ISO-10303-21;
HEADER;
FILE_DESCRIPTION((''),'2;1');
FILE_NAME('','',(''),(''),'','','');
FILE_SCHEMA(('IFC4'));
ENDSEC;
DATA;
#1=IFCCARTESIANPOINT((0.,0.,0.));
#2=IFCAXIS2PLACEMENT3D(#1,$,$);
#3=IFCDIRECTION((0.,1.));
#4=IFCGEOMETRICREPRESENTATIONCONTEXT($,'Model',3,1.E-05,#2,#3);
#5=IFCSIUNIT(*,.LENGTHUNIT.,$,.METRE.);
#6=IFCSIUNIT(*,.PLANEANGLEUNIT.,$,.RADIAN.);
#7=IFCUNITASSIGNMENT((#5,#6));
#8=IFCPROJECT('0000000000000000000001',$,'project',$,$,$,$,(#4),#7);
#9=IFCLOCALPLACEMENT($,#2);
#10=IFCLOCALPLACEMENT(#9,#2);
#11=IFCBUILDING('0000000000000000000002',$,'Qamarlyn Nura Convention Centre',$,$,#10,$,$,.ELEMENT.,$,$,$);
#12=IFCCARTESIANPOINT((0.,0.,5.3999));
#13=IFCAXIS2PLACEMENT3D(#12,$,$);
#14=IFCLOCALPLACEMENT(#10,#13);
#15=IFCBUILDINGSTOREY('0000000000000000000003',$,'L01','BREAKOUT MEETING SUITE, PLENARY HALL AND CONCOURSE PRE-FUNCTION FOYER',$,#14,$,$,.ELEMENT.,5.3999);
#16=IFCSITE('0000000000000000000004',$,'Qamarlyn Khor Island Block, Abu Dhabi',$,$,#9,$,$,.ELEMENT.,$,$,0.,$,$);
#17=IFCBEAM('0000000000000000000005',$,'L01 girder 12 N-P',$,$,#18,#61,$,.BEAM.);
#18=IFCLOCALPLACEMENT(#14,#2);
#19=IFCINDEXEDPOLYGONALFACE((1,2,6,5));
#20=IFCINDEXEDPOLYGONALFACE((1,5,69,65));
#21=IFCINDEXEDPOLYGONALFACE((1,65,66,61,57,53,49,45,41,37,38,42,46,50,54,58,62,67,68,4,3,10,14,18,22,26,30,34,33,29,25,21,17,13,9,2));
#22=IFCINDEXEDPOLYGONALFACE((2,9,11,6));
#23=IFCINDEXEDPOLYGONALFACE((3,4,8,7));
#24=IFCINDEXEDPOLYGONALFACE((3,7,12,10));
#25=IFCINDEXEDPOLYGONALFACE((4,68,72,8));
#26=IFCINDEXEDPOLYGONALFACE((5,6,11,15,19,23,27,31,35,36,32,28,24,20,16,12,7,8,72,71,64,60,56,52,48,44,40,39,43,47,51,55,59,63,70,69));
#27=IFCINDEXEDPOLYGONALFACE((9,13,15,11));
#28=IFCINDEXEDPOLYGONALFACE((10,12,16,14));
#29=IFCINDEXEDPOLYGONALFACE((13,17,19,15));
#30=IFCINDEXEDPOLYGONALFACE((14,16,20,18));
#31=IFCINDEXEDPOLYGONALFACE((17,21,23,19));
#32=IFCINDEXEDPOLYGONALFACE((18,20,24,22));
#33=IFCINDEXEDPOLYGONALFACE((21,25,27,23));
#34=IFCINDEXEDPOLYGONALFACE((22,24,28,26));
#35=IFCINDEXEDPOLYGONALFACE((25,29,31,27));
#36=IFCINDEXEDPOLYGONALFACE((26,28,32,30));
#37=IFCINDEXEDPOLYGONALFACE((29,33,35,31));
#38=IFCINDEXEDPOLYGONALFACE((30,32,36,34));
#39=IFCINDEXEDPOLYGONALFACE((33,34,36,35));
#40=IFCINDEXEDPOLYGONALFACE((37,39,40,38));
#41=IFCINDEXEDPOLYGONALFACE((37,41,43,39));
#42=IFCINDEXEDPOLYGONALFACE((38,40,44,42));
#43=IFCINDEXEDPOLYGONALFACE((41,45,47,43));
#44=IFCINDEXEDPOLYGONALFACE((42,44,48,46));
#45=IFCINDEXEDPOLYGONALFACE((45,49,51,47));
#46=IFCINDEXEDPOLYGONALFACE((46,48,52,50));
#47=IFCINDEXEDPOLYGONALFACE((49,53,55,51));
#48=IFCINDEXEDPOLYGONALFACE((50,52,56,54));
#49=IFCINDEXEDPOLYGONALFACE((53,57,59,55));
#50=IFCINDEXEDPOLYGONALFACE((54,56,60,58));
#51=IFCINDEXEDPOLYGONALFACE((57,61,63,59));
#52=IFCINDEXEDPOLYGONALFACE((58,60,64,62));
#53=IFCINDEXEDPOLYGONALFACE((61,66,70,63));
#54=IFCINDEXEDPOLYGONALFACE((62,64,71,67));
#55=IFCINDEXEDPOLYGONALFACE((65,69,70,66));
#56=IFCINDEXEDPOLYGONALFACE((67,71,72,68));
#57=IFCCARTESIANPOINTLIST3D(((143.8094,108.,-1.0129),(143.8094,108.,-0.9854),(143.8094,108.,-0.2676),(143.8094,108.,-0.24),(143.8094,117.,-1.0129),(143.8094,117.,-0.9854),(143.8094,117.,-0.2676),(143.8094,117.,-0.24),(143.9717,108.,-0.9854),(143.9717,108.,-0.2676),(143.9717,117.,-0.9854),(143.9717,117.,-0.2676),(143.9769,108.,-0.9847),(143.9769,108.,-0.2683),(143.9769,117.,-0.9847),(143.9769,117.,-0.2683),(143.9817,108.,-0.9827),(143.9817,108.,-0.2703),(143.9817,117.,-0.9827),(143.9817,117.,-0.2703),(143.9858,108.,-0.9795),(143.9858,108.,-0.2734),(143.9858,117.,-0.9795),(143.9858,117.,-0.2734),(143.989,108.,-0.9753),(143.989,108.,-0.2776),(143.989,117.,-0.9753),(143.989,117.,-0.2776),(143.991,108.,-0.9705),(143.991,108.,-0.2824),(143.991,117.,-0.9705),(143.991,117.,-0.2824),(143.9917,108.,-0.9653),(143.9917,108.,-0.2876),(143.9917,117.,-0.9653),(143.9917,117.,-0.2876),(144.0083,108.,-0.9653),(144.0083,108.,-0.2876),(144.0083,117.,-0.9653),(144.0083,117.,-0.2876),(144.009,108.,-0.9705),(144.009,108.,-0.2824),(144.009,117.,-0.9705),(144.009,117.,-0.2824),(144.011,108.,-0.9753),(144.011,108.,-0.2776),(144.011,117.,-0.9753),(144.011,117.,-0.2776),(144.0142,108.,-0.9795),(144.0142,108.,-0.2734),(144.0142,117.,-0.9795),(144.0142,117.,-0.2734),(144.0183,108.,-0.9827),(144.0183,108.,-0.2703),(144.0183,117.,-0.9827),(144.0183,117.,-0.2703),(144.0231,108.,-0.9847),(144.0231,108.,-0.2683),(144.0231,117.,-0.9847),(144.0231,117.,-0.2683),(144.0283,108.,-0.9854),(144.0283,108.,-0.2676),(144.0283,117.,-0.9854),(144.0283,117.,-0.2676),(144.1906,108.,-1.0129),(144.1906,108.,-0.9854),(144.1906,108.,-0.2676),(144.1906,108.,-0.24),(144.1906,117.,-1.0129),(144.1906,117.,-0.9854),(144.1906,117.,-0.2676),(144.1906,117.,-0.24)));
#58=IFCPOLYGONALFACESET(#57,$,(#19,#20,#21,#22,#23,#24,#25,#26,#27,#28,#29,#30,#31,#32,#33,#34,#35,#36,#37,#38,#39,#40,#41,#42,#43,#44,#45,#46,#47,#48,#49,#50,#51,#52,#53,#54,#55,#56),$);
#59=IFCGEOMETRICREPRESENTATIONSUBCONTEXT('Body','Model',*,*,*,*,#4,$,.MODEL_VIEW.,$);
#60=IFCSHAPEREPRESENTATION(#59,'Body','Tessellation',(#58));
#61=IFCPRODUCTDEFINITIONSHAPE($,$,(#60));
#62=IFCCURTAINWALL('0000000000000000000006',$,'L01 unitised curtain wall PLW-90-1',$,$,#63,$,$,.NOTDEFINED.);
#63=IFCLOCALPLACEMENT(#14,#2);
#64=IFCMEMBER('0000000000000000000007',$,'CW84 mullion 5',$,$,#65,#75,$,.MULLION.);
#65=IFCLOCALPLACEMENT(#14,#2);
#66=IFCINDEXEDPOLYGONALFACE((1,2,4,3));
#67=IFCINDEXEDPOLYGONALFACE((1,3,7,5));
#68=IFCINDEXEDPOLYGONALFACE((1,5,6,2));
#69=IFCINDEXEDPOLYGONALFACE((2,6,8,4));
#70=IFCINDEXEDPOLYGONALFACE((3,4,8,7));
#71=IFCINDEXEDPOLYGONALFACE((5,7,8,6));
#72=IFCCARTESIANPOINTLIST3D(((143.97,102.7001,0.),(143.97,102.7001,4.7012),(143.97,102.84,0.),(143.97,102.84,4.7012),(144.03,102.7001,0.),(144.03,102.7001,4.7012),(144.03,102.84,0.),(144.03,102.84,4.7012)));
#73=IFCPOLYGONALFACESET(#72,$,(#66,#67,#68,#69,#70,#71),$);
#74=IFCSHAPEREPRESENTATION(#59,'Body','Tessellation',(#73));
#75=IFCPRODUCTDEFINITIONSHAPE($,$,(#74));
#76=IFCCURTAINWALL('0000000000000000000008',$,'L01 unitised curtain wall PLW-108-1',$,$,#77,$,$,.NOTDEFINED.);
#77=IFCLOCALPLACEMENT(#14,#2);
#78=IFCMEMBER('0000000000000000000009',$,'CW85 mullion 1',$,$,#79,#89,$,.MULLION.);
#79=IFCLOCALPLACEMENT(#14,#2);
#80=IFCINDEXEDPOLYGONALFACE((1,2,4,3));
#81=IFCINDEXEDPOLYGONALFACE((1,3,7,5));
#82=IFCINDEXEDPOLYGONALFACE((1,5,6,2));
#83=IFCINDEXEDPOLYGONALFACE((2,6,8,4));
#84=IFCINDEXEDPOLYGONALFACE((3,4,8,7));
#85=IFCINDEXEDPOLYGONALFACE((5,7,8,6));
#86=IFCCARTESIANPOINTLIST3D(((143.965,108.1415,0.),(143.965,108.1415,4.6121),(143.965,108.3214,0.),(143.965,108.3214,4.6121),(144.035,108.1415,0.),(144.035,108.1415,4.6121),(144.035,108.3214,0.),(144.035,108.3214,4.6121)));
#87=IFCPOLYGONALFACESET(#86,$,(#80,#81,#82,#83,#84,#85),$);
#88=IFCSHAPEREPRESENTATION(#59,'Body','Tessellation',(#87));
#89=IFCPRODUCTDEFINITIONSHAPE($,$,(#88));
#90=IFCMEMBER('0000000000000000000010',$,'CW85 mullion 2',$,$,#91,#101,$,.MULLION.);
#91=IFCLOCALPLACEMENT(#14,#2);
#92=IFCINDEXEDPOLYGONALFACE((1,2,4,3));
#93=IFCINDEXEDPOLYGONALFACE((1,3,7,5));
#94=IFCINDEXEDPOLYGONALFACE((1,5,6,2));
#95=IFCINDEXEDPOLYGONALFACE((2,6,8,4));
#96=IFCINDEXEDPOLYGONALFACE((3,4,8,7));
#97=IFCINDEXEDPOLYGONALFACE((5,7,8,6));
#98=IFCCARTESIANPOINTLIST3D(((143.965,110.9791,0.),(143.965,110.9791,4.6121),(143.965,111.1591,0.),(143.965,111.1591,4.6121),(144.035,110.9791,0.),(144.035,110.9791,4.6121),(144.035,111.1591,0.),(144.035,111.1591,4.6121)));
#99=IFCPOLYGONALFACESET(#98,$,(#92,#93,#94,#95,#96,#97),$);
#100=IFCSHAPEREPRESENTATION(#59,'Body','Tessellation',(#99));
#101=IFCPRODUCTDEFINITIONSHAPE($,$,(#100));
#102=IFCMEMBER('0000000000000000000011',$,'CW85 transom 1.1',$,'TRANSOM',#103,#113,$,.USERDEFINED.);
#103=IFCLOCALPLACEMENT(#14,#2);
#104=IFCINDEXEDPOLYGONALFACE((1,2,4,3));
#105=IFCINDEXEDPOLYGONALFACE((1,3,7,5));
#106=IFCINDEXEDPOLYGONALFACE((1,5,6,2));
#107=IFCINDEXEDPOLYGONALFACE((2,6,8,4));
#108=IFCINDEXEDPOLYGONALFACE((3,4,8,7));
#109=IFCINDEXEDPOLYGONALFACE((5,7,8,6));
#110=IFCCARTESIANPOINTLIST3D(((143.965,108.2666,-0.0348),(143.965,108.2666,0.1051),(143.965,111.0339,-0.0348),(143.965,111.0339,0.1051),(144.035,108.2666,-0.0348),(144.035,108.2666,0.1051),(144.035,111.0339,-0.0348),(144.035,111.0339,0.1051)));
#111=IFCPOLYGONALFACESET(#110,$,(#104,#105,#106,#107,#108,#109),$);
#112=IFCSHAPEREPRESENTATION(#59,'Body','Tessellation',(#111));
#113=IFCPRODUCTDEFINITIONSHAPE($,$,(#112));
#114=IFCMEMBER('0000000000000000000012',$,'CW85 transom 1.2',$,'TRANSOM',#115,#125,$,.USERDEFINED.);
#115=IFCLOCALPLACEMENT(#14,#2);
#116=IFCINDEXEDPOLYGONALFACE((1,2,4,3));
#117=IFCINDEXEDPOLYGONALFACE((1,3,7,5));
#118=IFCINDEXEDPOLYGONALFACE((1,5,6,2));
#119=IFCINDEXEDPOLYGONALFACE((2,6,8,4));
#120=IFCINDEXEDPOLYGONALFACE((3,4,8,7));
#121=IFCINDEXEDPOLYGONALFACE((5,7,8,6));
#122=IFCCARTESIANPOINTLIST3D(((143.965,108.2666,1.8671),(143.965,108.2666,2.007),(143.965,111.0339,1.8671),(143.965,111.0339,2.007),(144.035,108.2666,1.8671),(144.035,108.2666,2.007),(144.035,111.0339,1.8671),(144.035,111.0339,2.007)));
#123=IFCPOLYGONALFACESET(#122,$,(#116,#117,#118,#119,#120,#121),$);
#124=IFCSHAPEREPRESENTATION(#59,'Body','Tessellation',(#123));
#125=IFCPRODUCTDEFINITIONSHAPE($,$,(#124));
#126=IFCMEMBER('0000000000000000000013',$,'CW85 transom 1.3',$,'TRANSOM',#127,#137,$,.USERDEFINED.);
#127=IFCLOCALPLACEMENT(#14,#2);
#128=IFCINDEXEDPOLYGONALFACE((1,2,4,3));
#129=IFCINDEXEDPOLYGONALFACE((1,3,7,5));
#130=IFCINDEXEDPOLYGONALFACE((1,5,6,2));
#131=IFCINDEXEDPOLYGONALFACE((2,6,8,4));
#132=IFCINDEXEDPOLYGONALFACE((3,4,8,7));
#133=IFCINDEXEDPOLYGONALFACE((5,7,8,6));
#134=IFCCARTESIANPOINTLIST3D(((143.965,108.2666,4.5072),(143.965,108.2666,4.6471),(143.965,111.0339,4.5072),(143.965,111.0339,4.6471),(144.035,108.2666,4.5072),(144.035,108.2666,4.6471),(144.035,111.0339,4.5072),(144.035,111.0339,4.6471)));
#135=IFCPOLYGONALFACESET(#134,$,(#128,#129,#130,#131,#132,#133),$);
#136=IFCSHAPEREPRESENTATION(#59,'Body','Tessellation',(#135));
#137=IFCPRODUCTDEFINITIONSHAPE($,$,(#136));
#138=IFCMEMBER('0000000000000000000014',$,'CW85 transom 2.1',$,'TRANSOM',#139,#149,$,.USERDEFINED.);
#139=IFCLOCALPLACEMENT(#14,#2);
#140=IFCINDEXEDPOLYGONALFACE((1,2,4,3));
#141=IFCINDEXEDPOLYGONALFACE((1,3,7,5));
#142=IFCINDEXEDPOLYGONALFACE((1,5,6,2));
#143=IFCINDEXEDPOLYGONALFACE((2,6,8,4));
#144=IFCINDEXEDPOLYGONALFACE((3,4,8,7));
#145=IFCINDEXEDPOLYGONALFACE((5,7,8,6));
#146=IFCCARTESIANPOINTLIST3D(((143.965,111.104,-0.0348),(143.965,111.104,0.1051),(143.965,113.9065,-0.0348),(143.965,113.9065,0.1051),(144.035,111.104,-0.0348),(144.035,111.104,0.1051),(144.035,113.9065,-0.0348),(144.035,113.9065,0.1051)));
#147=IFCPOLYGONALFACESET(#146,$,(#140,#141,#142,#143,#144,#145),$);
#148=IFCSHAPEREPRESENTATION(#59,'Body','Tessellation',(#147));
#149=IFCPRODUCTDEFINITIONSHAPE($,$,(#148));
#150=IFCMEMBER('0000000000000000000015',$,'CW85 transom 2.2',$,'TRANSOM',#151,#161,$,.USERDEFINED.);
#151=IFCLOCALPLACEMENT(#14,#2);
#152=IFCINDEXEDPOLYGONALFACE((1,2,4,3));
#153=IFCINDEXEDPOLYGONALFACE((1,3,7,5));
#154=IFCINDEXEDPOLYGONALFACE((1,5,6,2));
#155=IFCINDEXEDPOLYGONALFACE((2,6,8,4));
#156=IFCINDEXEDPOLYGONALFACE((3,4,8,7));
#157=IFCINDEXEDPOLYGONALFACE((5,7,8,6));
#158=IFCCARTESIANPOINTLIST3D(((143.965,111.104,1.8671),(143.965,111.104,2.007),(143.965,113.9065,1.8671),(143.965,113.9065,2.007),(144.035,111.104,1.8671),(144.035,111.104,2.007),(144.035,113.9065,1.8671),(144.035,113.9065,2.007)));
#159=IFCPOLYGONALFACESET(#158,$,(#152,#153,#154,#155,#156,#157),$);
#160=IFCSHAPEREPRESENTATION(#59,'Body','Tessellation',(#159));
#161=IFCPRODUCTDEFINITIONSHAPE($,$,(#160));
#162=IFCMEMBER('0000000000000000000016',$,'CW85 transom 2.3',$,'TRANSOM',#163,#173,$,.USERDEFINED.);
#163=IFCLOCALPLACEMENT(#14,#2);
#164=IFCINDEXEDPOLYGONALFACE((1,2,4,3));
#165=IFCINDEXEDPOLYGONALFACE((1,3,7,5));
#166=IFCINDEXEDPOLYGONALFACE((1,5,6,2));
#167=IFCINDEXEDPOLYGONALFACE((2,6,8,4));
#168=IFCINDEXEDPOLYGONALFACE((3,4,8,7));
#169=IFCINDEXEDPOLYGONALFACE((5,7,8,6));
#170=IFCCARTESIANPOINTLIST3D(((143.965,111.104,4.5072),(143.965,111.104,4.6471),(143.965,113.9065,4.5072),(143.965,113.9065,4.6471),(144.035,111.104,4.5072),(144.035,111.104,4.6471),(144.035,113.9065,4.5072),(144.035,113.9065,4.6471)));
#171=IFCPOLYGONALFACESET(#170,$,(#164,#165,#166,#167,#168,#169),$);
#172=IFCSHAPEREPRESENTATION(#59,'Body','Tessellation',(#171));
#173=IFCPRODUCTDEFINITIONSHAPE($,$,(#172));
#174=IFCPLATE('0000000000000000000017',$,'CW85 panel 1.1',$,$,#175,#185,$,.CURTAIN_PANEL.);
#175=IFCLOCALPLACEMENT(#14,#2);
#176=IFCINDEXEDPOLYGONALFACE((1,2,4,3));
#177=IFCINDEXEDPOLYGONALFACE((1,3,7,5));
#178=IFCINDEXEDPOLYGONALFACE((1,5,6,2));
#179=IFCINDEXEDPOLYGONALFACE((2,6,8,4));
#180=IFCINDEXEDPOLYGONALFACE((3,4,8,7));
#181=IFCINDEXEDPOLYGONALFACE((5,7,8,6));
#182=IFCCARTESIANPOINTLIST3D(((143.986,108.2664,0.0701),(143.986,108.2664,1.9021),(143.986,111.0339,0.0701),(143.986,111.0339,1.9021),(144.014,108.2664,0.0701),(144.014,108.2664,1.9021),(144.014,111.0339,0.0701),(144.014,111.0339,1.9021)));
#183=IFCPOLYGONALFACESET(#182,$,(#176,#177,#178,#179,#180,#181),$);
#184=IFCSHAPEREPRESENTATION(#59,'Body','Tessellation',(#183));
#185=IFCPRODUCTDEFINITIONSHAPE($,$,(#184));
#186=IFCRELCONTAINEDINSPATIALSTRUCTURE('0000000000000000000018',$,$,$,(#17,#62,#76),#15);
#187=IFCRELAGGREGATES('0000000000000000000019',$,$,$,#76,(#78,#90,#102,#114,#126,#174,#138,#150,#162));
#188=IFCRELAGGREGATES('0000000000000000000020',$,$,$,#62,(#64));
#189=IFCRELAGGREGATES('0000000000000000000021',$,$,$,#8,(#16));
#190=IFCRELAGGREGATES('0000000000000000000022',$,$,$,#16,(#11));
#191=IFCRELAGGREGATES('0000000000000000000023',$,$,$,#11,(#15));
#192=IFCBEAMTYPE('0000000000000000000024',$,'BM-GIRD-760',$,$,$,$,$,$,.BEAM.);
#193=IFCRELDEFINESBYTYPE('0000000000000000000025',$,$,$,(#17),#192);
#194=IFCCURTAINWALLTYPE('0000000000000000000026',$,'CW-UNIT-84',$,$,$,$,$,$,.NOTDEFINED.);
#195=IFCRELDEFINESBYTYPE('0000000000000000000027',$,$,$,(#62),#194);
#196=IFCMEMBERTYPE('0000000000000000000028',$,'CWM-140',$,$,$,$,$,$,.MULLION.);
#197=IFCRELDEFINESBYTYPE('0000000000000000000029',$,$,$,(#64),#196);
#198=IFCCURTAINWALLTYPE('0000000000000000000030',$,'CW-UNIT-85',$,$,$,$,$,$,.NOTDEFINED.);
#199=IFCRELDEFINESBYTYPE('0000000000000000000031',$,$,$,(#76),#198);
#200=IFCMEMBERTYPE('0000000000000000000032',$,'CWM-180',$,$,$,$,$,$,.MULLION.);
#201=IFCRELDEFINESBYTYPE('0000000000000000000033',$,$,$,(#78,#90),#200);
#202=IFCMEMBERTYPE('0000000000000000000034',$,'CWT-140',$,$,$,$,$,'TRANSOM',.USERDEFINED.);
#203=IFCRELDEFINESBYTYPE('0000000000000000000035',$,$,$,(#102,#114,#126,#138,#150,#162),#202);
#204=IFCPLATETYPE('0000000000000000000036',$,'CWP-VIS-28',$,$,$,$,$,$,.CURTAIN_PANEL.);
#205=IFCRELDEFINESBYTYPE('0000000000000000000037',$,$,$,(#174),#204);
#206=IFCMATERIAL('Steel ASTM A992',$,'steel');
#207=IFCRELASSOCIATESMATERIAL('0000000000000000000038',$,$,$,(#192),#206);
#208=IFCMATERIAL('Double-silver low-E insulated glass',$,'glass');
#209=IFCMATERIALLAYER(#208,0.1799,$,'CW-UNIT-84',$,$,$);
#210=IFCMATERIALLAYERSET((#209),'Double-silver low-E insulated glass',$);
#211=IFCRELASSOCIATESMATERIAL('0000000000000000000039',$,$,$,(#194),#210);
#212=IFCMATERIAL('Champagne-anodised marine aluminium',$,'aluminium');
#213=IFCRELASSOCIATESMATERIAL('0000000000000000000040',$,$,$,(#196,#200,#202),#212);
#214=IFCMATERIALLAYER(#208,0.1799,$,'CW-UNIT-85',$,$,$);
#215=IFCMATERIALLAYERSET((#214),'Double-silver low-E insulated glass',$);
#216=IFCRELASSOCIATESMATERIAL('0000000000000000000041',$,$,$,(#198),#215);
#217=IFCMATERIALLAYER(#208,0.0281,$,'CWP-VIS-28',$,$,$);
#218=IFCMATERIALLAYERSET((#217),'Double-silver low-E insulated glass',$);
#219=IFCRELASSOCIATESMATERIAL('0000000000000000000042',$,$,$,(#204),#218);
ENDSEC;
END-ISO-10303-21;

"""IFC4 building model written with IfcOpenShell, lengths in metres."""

from ifc_helpers import new_model, si_unit, direction, frame, origin, origin_2d, place, context, subcontext, project, spatial, rectangle, i_section, extrude, material, layer, layer_set, material_profile, profile_set, type_object, element, aggregate, save


model = new_model("IFC4")

# Units and contexts
model_context = context("Model", 3, precision=1e-05, world=origin(), true_north=direction((0.0, 1.0)))
body_context = subcontext(model_context, "Body", "Model", "MODEL_VIEW")
ifc_project = project(units=[si_unit("LENGTHUNIT", "METRE"), si_unit("PLANEANGLEUNIT", "RADIAN")], contexts=[model_context])

# Site, building, storey
site_placement = place(None, origin())
site = spatial("IfcSite", under=ifc_project, at=site_placement, Name="Qamarlyn Khor Island Block, Abu Dhabi", CompositionType="ELEMENT", RefElevation=0.0)
building_placement = place(site_placement, origin())
building = spatial("IfcBuilding", under=site, at=building_placement, Name="Qamarlyn Nura Convention Centre", CompositionType="ELEMENT")
storey_placement = place(building_placement, frame((0.0, 0.0, 5.3999)))
storey = spatial("IfcBuildingStorey", under=building, at=storey_placement, Name="L01", Description="BREAKOUT MEETING SUITE, PLENARY HALL AND CONCOURSE PRE-FUNCTION FOYER", CompositionType="ELEMENT", Elevation=5.3999)

# Shared definitions
ifc_material_1 = material(Name="Steel ASTM A992", Category="steel")

# Beam
ifc_material_profile_1 = material_profile(ifc_material_1, i_section(OverallWidth=0.3811, OverallDepth=0.7729, WebThickness=0.0166, FlangeThickness=0.0276, FilletRadius=0.02, at=origin_2d()), Name="W760X257")
ifc_profile_set_1 = profile_set([ifc_material_profile_1], Name="Steel ASTM A992")
beam_type_1 = type_object("IfcBeamType", Name="BM-GIRD-760", PredefinedType="BEAM", material=ifc_profile_set_1)
beam_1_placement = place(storey_placement, frame((144.0, 108.0, -0.6265), z_axis=(0.0, 1.0, 0.0), x_axis=(-1.0, 0.0, 0.0)))
element("IfcBeam", 1, at=beam_1_placement, inside=storey, type_object=beam_type_1, Name="L01 girder 12 N-P", PredefinedType="BEAM", context=body_context, shape_type="SweptSolid", body=[
    extrude(i_section(OverallWidth=0.3811, OverallDepth=0.7729, WebThickness=0.0166, FlangeThickness=0.0276, FilletRadius=0.02, at=origin_2d()), origin(), (0.0, 0.0, 1.0), 9.0),
])

# Curtain wall, member
ifc_material_2 = material(Name="Double-silver low-E insulated glass", Category="glass")
ifc_layer_1 = layer(ifc_material_2, 0.1799, Name="CW-UNIT-84")
ifc_layer_set_1 = layer_set([ifc_layer_1], Name="Double-silver low-E insulated glass")
curtain_wall_type_1 = type_object("IfcCurtainWallType", Name="CW-UNIT-84", PredefinedType="NOTDEFINED", material=ifc_layer_set_1)
curtain_wall_1_placement = place(storey_placement, origin())
curtain_wall_1 = element("IfcCurtainWall", 2, at=curtain_wall_1_placement, inside=storey, type_object=curtain_wall_type_1, Name="L01 unitised curtain wall PLW-90-1", PredefinedType="NOTDEFINED")
ifc_material_3 = material(Name="Champagne-anodised marine aluminium", Category="aluminium")
ifc_material_profile_2 = material_profile(ifc_material_3, rectangle(XDim=0.0601, YDim=0.1399, at=origin_2d()), Name="ALU MULLION 60x140")
ifc_profile_set_2 = profile_set([ifc_material_profile_2], Name="Champagne-anodised marine aluminium")
member_type_1 = type_object("IfcMemberType", Name="CWM-140", PredefinedType="MULLION", material=ifc_profile_set_2)
member_1_placement = place(storey_placement, frame((144.0, 102.77, 0.0), z_axis=(0.0, 0.0, 1.0), x_axis=(-1.0, 0.0, 0.0)))
member_1 = element("IfcMember", 3, at=member_1_placement, type_object=member_type_1, Name="CW84 mullion 5", PredefinedType="MULLION", context=body_context, shape_type="SweptSolid", body=[
    extrude(rectangle(XDim=0.0601, YDim=0.1399, at=origin_2d()), origin(), (0.0, 0.0, 1.0), 4.7012),
])

# Curtain wall, members, plate
ifc_layer_2 = layer(ifc_material_2, 0.1799, Name="CW-UNIT-85")
ifc_layer_set_2 = layer_set([ifc_layer_2], Name="Double-silver low-E insulated glass")
curtain_wall_type_2 = type_object("IfcCurtainWallType", Name="CW-UNIT-85", PredefinedType="NOTDEFINED", material=ifc_layer_set_2)
curtain_wall_2_placement = place(storey_placement, origin())
curtain_wall_2 = element("IfcCurtainWall", 4, at=curtain_wall_2_placement, inside=storey, type_object=curtain_wall_type_2, Name="L01 unitised curtain wall PLW-108-1", PredefinedType="NOTDEFINED")
ifc_material_profile_3 = material_profile(ifc_material_3, rectangle(XDim=0.0701, YDim=0.1799, at=origin_2d()), Name="ALU MULLION 70x180")
ifc_profile_set_3 = profile_set([ifc_material_profile_3], Name="Champagne-anodised marine aluminium")
member_type_2 = type_object("IfcMemberType", Name="CWM-180", PredefinedType="MULLION", material=ifc_profile_set_3)
member_2_placement = place(storey_placement, frame((144.0, 108.2314, 0.0), z_axis=(0.0, 0.0, 1.0), x_axis=(-1.0, 0.0, 0.0)))
member_2 = element("IfcMember", 5, at=member_2_placement, type_object=member_type_2, Name="CW85 mullion 1", PredefinedType="MULLION", context=body_context, shape_type="SweptSolid", body=[
    extrude(rectangle(XDim=0.0701, YDim=0.1799, at=origin_2d()), origin(), (0.0, 0.0, 1.0), 4.6121),
])
member_3_placement = place(storey_placement, frame((144.0, 111.0691, 0.0), z_axis=(0.0, 0.0, 1.0), x_axis=(-1.0, 0.0, 0.0)))
member_3 = element("IfcMember", 6, at=member_3_placement, type_object=member_type_2, Name="CW85 mullion 2", PredefinedType="MULLION", context=body_context, shape_type="SweptSolid", body=[
    extrude(rectangle(XDim=0.0701, YDim=0.1799, at=origin_2d()), origin(), (0.0, 0.0, 1.0), 4.6121),
])
ifc_material_profile_4 = material_profile(ifc_material_3, rectangle(XDim=0.0701, YDim=0.1399, at=origin_2d()), Name="ALU TRANSOM 70x140")
ifc_profile_set_4 = profile_set([ifc_material_profile_4], Name="Champagne-anodised marine aluminium")
member_type_3 = type_object("IfcMemberType", Name="CWT-140", ElementType="TRANSOM", PredefinedType="USERDEFINED", material=ifc_profile_set_4)
member_4_placement = place(storey_placement, frame((144.0, 108.2666, 0.0352), z_axis=(0.0, 1.0, 0.0), x_axis=(-1.0, 0.0, 0.0)))
member_4 = element("IfcMember", 7, at=member_4_placement, type_object=member_type_3, Name="CW85 transom 1.1", ObjectType="TRANSOM", PredefinedType="USERDEFINED", context=body_context, shape_type="SweptSolid", body=[
    extrude(rectangle(XDim=0.0701, YDim=0.1399, at=origin_2d()), origin(), (0.0, 0.0, 1.0), 2.7673),
])
member_5_placement = place(storey_placement, frame((144.0, 108.2666, 1.937), z_axis=(0.0, 1.0, 0.0), x_axis=(-1.0, 0.0, 0.0)))
member_5 = element("IfcMember", 8, at=member_5_placement, type_object=member_type_3, Name="CW85 transom 1.2", ObjectType="TRANSOM", PredefinedType="USERDEFINED", context=body_context, shape_type="SweptSolid", body=[
    extrude(rectangle(XDim=0.0701, YDim=0.1399, at=origin_2d()), origin(), (0.0, 0.0, 1.0), 2.7673),
])
member_6_placement = place(storey_placement, frame((144.0, 108.2666, 4.5771), z_axis=(0.0, 1.0, 0.0), x_axis=(-1.0, 0.0, 0.0)))
member_6 = element("IfcMember", 9, at=member_6_placement, type_object=member_type_3, Name="CW85 transom 1.3", ObjectType="TRANSOM", PredefinedType="USERDEFINED", context=body_context, shape_type="SweptSolid", body=[
    extrude(rectangle(XDim=0.0701, YDim=0.1399, at=origin_2d()), origin(), (0.0, 0.0, 1.0), 2.7673),
])
member_7_placement = place(storey_placement, frame((144.0, 111.104, 0.0352), z_axis=(0.0, 1.0, 0.0), x_axis=(-1.0, 0.0, 0.0)))
member_7 = element("IfcMember", 10, at=member_7_placement, type_object=member_type_3, Name="CW85 transom 2.1", ObjectType="TRANSOM", PredefinedType="USERDEFINED", context=body_context, shape_type="SweptSolid", body=[
    extrude(rectangle(XDim=0.0701, YDim=0.1399, at=origin_2d()), origin(), (0.0, 0.0, 1.0), 2.8025),
])
member_8_placement = place(storey_placement, frame((144.0, 111.104, 1.937), z_axis=(0.0, 1.0, 0.0), x_axis=(-1.0, 0.0, 0.0)))
member_8 = element("IfcMember", 11, at=member_8_placement, type_object=member_type_3, Name="CW85 transom 2.2", ObjectType="TRANSOM", PredefinedType="USERDEFINED", context=body_context, shape_type="SweptSolid", body=[
    extrude(rectangle(XDim=0.0701, YDim=0.1399, at=origin_2d()), origin(), (0.0, 0.0, 1.0), 2.8025),
])
member_9_placement = place(storey_placement, frame((144.0, 111.104, 4.5771), z_axis=(0.0, 1.0, 0.0), x_axis=(-1.0, 0.0, 0.0)))
member_9 = element("IfcMember", 12, at=member_9_placement, type_object=member_type_3, Name="CW85 transom 2.3", ObjectType="TRANSOM", PredefinedType="USERDEFINED", context=body_context, shape_type="SweptSolid", body=[
    extrude(rectangle(XDim=0.0701, YDim=0.1399, at=origin_2d()), origin(), (0.0, 0.0, 1.0), 2.8025),
])
ifc_layer_3 = layer(ifc_material_2, 0.0281, Name="CWP-VIS-28")
ifc_layer_set_3 = layer_set([ifc_layer_3], Name="Double-silver low-E insulated glass")
plate_type_1 = type_object("IfcPlateType", Name="CWP-VIS-28", PredefinedType="CURTAIN_PANEL", material=ifc_layer_set_3)
plate_1_placement = place(storey_placement, frame((144.0, 109.6501, 0.0701), z_axis=(0.0, 0.0, 1.0), x_axis=(0.0, 1.0, 0.0)))
plate_1 = element("IfcPlate", 13, at=plate_1_placement, type_object=plate_type_1, Name="CW85 panel 1.1", PredefinedType="CURTAIN_PANEL", context=body_context, shape_type="SweptSolid", body=[
    extrude(rectangle(XDim=2.7676, YDim=0.0281, at=origin_2d()), origin(), (0.0, 0.0, 1.0), 1.832),
])
aggregate(curtain_wall_2, [member_2, member_3, member_4, member_5, member_6, plate_1, member_7, member_8, member_9])

aggregate(curtain_wall_1, [member_1])

save(model, "model.ifc")
